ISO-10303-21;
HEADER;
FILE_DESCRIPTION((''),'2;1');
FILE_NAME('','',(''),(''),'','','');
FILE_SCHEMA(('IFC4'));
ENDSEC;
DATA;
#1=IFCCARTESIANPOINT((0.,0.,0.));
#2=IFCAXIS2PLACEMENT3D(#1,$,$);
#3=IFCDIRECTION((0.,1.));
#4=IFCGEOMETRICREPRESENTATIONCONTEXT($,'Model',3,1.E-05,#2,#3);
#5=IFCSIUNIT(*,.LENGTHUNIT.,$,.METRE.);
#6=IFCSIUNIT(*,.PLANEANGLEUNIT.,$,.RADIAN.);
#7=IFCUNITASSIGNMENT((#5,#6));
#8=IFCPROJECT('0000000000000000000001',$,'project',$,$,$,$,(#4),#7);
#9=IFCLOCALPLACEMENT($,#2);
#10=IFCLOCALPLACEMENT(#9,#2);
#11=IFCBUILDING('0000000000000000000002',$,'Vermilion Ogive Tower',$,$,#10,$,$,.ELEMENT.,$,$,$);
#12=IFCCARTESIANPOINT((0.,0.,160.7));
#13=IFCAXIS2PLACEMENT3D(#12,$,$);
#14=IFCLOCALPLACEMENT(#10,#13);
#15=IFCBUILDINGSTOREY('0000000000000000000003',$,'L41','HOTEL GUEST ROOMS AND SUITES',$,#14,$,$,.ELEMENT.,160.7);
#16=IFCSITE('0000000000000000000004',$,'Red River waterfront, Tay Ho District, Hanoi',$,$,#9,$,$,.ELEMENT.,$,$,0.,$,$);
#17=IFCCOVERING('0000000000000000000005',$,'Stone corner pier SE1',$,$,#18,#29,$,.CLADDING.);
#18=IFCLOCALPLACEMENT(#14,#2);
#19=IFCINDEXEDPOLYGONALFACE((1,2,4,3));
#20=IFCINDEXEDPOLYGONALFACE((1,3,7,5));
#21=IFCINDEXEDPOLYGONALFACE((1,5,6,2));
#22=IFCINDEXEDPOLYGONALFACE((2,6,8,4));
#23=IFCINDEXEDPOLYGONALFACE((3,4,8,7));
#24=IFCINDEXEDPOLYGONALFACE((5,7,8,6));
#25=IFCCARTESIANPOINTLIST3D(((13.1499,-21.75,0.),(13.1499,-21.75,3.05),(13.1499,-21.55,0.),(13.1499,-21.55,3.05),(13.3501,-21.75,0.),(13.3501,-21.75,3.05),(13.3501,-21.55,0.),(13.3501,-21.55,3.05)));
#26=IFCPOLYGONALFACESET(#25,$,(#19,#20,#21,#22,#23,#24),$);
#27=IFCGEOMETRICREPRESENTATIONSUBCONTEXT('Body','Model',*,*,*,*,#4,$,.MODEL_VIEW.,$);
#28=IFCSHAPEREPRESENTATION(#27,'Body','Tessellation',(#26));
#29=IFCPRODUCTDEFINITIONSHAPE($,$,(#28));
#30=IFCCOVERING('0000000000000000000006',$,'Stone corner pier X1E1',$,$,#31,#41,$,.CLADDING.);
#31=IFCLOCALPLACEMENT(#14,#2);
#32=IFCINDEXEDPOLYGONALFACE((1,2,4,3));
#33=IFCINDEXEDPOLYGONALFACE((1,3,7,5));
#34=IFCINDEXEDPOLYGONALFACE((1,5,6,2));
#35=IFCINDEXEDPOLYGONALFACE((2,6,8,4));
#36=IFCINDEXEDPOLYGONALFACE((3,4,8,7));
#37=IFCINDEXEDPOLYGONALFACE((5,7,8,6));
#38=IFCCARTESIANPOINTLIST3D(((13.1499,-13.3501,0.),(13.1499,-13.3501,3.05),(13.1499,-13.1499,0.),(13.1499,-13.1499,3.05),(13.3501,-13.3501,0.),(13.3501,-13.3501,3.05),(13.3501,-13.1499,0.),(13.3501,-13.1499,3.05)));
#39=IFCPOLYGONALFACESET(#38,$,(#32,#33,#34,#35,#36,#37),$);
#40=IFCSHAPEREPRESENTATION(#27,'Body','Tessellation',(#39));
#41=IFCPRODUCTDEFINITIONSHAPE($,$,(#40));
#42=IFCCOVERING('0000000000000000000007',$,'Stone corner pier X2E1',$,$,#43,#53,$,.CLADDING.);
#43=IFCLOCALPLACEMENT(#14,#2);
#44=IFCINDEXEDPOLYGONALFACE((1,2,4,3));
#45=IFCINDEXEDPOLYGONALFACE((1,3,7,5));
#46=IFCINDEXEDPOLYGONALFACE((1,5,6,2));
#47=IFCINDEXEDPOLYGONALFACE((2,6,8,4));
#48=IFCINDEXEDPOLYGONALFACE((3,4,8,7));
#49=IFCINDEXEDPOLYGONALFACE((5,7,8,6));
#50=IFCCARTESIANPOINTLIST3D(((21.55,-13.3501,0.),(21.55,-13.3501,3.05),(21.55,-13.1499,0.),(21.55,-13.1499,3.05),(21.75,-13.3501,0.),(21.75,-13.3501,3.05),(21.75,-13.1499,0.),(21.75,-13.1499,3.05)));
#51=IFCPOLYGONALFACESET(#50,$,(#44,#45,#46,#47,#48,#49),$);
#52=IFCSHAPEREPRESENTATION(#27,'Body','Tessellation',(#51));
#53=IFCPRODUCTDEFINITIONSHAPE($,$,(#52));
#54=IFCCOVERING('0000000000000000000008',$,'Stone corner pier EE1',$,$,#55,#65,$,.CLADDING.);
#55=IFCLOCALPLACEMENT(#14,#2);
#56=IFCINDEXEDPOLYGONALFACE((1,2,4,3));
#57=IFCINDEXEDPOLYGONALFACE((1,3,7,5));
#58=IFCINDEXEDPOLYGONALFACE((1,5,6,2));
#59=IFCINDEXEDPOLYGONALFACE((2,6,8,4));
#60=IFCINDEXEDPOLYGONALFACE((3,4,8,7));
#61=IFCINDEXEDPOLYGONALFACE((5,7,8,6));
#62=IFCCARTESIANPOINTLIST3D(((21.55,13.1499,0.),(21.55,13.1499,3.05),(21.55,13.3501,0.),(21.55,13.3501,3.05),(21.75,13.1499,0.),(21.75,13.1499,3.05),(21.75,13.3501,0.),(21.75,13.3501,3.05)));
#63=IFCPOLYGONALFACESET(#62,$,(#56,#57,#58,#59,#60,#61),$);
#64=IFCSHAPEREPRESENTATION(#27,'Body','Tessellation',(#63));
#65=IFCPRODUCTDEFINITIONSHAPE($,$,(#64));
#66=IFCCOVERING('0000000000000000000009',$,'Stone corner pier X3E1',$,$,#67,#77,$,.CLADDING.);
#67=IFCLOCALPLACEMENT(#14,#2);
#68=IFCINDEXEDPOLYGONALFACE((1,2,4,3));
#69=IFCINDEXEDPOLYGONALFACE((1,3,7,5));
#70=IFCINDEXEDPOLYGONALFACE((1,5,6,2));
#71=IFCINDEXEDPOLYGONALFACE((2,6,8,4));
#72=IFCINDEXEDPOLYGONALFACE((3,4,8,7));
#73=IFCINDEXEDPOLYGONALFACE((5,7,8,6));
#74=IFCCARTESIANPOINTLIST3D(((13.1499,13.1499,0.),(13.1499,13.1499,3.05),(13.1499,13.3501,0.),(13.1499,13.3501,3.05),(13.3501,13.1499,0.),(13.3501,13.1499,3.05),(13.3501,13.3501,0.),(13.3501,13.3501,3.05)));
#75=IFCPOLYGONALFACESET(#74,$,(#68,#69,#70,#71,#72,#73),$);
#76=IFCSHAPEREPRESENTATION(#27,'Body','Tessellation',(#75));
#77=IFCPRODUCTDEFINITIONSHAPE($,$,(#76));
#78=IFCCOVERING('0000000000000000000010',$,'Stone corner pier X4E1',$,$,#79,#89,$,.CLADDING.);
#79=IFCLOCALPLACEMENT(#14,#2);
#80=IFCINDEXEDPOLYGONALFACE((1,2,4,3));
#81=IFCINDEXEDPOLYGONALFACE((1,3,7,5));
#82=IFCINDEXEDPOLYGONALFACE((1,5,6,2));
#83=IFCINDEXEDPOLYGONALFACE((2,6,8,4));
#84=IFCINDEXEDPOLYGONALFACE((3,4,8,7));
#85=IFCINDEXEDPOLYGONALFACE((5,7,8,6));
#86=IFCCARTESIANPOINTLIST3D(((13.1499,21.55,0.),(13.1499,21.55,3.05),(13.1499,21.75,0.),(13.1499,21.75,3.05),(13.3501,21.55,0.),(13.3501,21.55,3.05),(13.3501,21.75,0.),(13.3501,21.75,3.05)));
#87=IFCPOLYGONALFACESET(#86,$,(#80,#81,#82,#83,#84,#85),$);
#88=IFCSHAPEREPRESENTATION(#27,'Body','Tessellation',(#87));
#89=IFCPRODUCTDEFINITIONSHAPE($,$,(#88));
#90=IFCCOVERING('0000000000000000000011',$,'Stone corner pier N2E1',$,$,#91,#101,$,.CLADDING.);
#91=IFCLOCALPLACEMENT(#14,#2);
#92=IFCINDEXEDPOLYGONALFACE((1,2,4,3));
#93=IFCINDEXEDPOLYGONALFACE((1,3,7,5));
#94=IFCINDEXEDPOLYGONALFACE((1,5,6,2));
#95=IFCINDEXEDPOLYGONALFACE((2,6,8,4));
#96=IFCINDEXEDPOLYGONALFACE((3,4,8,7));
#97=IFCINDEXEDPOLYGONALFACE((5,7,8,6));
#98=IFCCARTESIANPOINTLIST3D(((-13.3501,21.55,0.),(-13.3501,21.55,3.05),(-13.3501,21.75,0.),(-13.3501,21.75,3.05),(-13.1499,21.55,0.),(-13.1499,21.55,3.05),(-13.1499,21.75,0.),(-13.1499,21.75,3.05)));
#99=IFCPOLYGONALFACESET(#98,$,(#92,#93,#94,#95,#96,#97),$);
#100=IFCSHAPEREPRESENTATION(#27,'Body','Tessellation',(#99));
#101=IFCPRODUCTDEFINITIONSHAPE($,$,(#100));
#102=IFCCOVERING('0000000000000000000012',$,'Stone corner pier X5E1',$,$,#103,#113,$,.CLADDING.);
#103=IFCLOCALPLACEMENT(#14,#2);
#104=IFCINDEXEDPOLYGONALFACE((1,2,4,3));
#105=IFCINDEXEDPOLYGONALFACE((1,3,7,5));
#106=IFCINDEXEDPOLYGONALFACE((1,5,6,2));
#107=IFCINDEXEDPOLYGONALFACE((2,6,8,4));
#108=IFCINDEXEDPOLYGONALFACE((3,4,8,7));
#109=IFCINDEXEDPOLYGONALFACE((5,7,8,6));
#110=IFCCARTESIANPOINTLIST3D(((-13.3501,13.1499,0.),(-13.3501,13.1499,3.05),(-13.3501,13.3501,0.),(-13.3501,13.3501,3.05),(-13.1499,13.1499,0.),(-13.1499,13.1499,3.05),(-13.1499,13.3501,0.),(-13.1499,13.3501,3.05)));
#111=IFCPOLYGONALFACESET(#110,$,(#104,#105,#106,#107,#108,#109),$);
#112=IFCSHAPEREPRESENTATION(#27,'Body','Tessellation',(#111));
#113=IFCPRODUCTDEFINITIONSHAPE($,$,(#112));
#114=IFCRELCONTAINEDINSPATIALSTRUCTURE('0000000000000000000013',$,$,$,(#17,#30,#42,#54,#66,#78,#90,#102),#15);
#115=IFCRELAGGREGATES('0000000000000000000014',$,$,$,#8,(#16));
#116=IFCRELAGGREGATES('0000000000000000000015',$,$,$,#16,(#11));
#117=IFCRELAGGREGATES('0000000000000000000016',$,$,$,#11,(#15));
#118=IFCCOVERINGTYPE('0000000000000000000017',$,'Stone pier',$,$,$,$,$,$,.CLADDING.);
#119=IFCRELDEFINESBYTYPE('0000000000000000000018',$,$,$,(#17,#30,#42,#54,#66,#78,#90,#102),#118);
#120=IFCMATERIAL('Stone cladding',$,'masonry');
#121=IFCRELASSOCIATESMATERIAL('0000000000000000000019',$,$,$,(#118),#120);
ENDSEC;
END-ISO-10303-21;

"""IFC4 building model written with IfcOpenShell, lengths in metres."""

from ifc_helpers import new_model, si_unit, direction, frame, origin, place, context, subcontext, project, spatial, polyline, outline, extrude, material, type_object, element, save


model = new_model("IFC4")

# Units and contexts
model_context = context("Model", 3, precision=1e-05, world=origin(), true_north=direction((0.0, 1.0)))
body_context = subcontext(model_context, "Body", "Model", "MODEL_VIEW")
ifc_project = project(units=[si_unit("LENGTHUNIT", "METRE"), si_unit("PLANEANGLEUNIT", "RADIAN")], contexts=[model_context])

# Site, building, storey
site_placement = place(None, origin())
site = spatial("IfcSite", under=ifc_project, at=site_placement, Name="Red River waterfront, Tay Ho District, Hanoi", CompositionType="ELEMENT", RefElevation=0.0)
building_placement = place(site_placement, origin())
building = spatial("IfcBuilding", under=site, at=building_placement, Name="Vermilion Ogive Tower", CompositionType="ELEMENT")
storey_placement = place(building_placement, frame((0.0, 0.0, 160.7)))
storey = spatial("IfcBuildingStorey", under=building, at=storey_placement, Name="L41", Description="HOTEL GUEST ROOMS AND SUITES", CompositionType="ELEMENT", Elevation=160.7)

# Coverings
ifc_material_1 = material(Name="Stone cladding", Category="masonry")
covering_type_1 = type_object("IfcCoveringType", Name="Stone pier", PredefinedType="CLADDING", material=ifc_material_1)
covering_1_placement = place(storey_placement, origin())
element("IfcCovering", 1, at=covering_1_placement, inside=storey, type_object=covering_type_1, Name="Stone corner pier SE1", PredefinedType="CLADDING", context=body_context, shape_type="SweptSolid", body=[
    extrude(outline(polyline([(13.1499, -21.75), (13.1499, -21.55), (13.3501, -21.55), (13.3501, -21.75), (13.1499, -21.75)])), origin(), (0.0, 0.0, 1.0), 3.05),
])
covering_2_placement = place(storey_placement, origin())
element("IfcCovering", 2, at=covering_2_placement, inside=storey, type_object=covering_type_1, Name="Stone corner pier X1E1", PredefinedType="CLADDING", context=body_context, shape_type="SweptSolid", body=[
    extrude(outline(polyline([(13.1499, -13.1499), (13.3501, -13.1499), (13.3501, -13.3501), (13.1499, -13.3501), (13.1499, -13.1499)])), origin(), (0.0, 0.0, 1.0), 3.05),
])
covering_3_placement = place(storey_placement, origin())
element("IfcCovering", 3, at=covering_3_placement, inside=storey, type_object=covering_type_1, Name="Stone corner pier X2E1", PredefinedType="CLADDING", context=body_context, shape_type="SweptSolid", body=[
    extrude(outline(polyline([(21.55, -13.3501), (21.55, -13.1499), (21.75, -13.1499), (21.75, -13.3501), (21.55, -13.3501)])), origin(), (0.0, 0.0, 1.0), 3.05),
])
covering_4_placement = place(storey_placement, origin())
element("IfcCovering", 4, at=covering_4_placement, inside=storey, type_object=covering_type_1, Name="Stone corner pier EE1", PredefinedType="CLADDING", context=body_context, shape_type="SweptSolid", body=[
    extrude(outline(polyline([(21.75, 13.1499), (21.55, 13.1499), (21.55, 13.3501), (21.75, 13.3501), (21.75, 13.1499)])), origin(), (0.0, 0.0, 1.0), 3.05),
])
covering_5_placement = place(storey_placement, origin())
element("IfcCovering", 5, at=covering_5_placement, inside=storey, type_object=covering_type_1, Name="Stone corner pier X3E1", PredefinedType="CLADDING", context=body_context, shape_type="SweptSolid", body=[
    extrude(outline(polyline([(13.1499, 13.1499), (13.1499, 13.3501), (13.3501, 13.3501), (13.3501, 13.1499), (13.1499, 13.1499)])), origin(), (0.0, 0.0, 1.0), 3.05),
])
covering_6_placement = place(storey_placement, origin())
element("IfcCovering", 6, at=covering_6_placement, inside=storey, type_object=covering_type_1, Name="Stone corner pier X4E1", PredefinedType="CLADDING", context=body_context, shape_type="SweptSolid", body=[
    extrude(outline(polyline([(13.3501, 21.55), (13.1499, 21.55), (13.1499, 21.75), (13.3501, 21.75), (13.3501, 21.55)])), origin(), (0.0, 0.0, 1.0), 3.05),
])
covering_7_placement = place(storey_placement, origin())
element("IfcCovering", 7, at=covering_7_placement, inside=storey, type_object=covering_type_1, Name="Stone corner pier N2E1", PredefinedType="CLADDING", context=body_context, shape_type="SweptSolid", body=[
    extrude(outline(polyline([(-13.1499, 21.75), (-13.1499, 21.55), (-13.3501, 21.55), (-13.3501, 21.75), (-13.1499, 21.75)])), origin(), (0.0, 0.0, 1.0), 3.05),
])
covering_8_placement = place(storey_placement, origin())
element("IfcCovering", 8, at=covering_8_placement, inside=storey, type_object=covering_type_1, Name="Stone corner pier X5E1", PredefinedType="CLADDING", context=body_context, shape_type="SweptSolid", body=[
    extrude(outline(polyline([(-13.1499, 13.1499), (-13.3501, 13.1499), (-13.3501, 13.3501), (-13.1499, 13.3501), (-13.1499, 13.1499)])), origin(), (0.0, 0.0, 1.0), 3.05),
])

save(model, "model.ifc")
